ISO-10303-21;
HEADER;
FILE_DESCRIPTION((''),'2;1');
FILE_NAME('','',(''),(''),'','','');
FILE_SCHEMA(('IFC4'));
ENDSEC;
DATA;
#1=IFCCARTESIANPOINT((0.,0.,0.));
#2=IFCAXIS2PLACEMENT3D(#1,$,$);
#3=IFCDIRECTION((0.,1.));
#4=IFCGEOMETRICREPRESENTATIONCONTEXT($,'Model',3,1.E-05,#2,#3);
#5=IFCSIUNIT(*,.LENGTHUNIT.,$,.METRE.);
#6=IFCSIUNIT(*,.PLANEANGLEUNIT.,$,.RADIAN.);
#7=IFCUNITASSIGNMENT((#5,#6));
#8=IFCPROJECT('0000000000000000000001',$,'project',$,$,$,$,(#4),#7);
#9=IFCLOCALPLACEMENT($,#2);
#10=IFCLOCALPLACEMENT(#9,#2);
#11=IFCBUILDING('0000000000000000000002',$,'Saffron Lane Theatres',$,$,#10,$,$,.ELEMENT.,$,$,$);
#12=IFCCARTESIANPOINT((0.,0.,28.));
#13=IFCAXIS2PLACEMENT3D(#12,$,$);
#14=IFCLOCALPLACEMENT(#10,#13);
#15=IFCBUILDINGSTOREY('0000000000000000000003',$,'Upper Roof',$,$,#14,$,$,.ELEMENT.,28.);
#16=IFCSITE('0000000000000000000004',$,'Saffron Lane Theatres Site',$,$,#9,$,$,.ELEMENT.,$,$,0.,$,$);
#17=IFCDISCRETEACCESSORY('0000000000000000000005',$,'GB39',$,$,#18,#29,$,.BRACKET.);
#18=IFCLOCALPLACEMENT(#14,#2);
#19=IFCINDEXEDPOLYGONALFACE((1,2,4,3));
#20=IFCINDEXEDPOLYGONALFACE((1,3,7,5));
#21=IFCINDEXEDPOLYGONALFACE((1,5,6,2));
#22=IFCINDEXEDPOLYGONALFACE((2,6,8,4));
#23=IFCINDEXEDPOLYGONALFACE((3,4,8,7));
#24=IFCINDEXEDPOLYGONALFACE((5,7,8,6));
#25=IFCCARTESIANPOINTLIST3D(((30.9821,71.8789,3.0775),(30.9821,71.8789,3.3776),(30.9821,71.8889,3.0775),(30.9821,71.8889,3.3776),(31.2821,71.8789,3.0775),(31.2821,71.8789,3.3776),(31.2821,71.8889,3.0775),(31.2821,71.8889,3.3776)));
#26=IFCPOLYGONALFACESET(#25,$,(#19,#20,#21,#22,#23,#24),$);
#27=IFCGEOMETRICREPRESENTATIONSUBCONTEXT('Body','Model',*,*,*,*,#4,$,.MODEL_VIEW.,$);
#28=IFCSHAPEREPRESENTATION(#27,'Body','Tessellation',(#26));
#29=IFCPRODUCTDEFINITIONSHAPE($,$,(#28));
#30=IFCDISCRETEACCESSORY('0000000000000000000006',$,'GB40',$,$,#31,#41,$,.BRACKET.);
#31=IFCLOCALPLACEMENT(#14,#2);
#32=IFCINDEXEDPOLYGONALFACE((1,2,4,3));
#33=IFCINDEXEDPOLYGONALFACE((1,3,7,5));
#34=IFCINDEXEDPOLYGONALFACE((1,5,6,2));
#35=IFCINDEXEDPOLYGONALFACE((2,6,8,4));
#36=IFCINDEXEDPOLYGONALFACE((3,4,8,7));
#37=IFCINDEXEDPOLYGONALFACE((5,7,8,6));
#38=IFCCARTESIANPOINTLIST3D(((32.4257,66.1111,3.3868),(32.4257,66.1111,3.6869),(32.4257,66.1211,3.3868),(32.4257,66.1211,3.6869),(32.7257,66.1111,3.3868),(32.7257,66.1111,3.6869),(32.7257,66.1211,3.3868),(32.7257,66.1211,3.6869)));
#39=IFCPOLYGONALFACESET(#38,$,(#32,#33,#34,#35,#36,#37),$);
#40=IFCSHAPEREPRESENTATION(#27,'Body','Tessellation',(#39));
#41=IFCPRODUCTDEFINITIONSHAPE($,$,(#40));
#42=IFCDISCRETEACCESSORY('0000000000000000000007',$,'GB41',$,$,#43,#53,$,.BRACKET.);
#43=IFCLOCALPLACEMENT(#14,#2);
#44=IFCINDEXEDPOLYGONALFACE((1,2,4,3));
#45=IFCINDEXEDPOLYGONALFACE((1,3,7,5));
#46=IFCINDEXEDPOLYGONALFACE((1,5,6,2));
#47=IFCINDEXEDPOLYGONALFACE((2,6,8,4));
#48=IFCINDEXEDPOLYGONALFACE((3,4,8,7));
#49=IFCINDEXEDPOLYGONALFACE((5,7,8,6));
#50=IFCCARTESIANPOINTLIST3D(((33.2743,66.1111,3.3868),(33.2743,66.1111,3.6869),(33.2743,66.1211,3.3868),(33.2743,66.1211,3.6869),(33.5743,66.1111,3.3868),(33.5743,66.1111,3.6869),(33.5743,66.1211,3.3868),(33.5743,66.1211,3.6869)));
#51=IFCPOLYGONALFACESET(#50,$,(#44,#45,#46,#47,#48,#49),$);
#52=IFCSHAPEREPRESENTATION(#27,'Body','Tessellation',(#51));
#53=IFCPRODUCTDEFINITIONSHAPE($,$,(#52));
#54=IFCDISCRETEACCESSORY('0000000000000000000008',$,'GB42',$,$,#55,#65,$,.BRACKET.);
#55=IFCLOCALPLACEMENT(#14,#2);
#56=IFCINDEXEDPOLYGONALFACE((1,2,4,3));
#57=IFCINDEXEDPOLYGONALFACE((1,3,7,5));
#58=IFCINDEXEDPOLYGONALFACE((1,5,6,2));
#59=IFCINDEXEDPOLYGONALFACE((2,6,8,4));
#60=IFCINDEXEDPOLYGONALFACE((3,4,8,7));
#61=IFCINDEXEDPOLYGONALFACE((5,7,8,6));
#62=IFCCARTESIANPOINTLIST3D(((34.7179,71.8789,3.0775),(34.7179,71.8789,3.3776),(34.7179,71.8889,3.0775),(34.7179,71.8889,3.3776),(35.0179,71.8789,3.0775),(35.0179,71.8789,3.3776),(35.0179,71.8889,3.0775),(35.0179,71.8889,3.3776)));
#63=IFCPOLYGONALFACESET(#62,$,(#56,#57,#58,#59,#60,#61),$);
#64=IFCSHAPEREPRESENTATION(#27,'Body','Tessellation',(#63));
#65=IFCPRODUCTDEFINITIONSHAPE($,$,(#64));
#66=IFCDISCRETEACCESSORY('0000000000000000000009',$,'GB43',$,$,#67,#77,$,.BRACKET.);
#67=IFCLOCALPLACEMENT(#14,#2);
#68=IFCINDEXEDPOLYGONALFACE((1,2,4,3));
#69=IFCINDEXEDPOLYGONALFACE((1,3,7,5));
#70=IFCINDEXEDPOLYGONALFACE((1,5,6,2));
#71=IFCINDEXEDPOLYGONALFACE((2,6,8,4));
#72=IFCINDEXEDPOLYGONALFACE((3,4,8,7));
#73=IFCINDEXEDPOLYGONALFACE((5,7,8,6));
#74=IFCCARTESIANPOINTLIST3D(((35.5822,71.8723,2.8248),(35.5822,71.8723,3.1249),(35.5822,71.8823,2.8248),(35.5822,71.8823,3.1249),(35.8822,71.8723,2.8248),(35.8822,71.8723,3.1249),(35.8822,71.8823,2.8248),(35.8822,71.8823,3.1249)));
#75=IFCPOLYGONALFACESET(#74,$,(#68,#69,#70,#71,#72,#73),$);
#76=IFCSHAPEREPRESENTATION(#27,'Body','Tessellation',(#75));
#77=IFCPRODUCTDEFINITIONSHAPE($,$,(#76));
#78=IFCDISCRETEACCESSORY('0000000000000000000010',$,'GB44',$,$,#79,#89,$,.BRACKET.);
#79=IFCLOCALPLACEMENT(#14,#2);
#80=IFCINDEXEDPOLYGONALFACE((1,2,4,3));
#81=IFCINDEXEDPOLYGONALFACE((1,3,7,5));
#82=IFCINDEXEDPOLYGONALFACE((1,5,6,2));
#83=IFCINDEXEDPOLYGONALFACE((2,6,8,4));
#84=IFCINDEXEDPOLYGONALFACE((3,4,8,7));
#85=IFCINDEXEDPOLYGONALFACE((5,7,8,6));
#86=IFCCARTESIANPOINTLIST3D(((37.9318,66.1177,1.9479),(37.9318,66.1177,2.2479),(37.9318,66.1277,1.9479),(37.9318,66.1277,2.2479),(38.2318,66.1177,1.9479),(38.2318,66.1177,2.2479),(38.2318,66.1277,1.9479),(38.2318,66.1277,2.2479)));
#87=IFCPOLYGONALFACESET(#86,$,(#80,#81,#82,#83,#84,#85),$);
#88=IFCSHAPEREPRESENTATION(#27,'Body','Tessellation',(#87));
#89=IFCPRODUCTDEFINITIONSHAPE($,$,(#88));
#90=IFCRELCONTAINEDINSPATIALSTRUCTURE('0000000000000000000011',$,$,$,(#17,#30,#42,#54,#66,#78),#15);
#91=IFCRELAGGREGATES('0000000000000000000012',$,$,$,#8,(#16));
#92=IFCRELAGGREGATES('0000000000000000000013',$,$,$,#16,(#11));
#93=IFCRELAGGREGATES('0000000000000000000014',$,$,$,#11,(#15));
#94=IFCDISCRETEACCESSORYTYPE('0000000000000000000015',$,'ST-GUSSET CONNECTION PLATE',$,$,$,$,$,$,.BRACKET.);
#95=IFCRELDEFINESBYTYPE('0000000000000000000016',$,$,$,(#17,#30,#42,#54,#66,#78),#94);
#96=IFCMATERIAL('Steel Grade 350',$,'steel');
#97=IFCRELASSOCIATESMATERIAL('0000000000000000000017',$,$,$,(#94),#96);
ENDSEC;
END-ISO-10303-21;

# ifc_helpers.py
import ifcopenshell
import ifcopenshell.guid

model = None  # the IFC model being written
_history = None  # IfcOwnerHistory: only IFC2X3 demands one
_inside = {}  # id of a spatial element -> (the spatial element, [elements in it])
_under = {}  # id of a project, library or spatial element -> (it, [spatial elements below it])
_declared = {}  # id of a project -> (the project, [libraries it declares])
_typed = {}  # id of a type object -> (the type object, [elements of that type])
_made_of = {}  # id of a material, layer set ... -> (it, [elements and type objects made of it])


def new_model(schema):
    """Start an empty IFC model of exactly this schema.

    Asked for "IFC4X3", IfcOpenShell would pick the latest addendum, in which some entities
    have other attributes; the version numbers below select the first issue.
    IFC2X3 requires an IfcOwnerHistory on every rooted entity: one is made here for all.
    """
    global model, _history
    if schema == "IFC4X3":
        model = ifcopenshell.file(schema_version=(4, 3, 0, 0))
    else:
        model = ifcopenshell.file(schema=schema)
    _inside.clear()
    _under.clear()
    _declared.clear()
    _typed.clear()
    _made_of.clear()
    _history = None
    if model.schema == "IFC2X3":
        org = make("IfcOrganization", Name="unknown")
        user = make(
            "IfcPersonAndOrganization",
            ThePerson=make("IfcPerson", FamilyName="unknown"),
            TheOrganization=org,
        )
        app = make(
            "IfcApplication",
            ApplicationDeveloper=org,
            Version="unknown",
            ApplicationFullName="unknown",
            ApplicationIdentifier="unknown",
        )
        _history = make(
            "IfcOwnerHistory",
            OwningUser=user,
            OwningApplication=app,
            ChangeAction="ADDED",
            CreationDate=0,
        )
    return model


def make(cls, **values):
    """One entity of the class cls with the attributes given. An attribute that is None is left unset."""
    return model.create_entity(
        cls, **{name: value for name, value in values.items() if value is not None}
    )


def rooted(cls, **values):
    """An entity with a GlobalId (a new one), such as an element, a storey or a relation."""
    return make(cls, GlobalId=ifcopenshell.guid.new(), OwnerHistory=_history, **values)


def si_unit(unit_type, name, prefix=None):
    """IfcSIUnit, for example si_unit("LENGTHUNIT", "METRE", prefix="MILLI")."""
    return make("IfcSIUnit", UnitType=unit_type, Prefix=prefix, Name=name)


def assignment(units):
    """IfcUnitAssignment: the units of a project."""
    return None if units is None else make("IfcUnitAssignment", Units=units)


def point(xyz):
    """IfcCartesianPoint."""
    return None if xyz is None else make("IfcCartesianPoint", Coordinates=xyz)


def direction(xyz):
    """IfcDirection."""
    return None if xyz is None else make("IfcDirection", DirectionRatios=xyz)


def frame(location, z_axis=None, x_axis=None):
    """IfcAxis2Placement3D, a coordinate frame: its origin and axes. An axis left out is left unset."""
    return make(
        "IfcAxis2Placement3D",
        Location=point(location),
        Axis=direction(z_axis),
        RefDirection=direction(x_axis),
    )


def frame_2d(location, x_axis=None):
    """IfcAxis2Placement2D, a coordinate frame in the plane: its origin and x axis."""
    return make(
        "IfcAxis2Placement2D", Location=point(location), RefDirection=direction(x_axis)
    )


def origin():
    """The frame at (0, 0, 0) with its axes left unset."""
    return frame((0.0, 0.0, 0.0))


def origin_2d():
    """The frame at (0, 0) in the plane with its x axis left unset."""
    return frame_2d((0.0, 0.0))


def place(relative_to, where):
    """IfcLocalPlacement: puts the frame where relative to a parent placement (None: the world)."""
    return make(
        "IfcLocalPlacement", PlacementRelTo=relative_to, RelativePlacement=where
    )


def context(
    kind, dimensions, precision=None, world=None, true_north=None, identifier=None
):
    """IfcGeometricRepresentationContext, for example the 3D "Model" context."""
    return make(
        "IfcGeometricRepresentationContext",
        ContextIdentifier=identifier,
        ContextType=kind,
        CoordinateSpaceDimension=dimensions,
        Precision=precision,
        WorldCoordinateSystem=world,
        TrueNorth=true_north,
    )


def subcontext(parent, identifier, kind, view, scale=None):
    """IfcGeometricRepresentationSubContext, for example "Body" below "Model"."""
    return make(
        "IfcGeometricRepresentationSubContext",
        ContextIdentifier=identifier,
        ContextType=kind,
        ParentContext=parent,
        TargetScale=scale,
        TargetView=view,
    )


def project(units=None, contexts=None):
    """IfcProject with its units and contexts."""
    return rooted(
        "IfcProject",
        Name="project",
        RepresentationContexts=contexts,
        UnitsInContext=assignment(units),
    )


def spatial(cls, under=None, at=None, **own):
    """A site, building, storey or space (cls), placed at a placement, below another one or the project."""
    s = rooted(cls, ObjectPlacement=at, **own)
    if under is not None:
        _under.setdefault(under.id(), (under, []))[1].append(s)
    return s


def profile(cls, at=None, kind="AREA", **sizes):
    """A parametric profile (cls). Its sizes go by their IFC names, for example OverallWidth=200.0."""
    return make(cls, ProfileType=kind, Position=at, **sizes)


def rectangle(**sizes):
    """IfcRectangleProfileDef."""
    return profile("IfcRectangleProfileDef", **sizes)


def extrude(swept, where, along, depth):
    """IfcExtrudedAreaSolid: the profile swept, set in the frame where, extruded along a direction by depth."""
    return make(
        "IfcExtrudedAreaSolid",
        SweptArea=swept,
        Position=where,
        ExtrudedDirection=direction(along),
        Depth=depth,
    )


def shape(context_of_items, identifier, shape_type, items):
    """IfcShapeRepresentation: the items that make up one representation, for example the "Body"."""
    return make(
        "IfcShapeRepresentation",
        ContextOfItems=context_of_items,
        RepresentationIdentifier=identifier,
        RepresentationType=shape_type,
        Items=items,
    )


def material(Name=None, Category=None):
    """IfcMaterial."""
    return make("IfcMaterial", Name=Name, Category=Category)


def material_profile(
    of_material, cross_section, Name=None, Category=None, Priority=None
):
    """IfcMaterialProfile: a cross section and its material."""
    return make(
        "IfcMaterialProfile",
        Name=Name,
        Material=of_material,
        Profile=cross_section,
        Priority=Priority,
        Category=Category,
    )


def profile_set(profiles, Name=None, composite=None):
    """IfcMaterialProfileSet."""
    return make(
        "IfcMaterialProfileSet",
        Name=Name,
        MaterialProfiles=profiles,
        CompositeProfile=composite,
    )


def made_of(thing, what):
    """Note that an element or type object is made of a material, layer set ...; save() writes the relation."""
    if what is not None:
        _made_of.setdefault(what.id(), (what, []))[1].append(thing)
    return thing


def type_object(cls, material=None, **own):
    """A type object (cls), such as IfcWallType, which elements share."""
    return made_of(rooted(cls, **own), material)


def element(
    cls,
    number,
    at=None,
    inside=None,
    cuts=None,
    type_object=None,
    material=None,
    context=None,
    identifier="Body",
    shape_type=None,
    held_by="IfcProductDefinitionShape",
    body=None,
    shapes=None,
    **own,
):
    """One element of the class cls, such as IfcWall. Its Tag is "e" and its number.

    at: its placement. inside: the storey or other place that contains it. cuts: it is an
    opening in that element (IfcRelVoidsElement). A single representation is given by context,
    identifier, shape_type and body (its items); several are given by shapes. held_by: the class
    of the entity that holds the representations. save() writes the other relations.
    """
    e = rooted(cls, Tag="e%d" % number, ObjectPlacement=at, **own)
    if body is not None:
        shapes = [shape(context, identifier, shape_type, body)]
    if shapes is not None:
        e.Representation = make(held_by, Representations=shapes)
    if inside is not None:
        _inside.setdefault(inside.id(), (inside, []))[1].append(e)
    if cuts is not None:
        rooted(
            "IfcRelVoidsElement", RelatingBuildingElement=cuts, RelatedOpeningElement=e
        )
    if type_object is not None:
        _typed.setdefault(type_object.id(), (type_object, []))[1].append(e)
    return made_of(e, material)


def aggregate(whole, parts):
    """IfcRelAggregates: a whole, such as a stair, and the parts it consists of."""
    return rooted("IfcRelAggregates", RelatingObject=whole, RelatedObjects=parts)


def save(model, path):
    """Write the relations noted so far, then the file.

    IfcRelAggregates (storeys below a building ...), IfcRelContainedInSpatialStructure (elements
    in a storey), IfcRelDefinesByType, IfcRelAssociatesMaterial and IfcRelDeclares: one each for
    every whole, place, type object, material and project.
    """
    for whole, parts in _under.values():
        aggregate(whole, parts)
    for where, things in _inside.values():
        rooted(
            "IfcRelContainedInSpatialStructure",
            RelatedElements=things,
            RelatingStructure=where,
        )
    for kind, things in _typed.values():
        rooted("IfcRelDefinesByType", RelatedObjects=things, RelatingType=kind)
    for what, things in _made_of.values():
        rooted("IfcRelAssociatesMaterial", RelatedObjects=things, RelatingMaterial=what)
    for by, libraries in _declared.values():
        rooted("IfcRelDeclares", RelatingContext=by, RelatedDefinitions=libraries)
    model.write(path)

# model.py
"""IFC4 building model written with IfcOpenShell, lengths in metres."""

from ifc_helpers import new_model, si_unit, direction, frame, origin, origin_2d, place, context, subcontext, project, spatial, rectangle, extrude, material, material_profile, profile_set, type_object, element, save


model = new_model("IFC4")

# Units and contexts
model_context = context("Model", 3, precision=1e-05, world=origin(), true_north=direction((0.0, 1.0)))
body_context = subcontext(model_context, "Body", "Model", "MODEL_VIEW")
ifc_project = project(units=[si_unit("LENGTHUNIT", "METRE"), si_unit("PLANEANGLEUNIT", "RADIAN")], contexts=[model_context])

# Site, building, storey
site_placement = place(None, origin())
site = spatial("IfcSite", under=ifc_project, at=site_placement, Name="Saffron Lane Theatres Site", CompositionType="ELEMENT", RefElevation=0.0)
building_placement = place(site_placement, origin())
building = spatial("IfcBuilding", under=site, at=building_placement, Name="Saffron Lane Theatres", CompositionType="ELEMENT")
storey_placement = place(building_placement, frame((0.0, 0.0, 28.0)))
storey = spatial("IfcBuildingStorey", under=building, at=storey_placement, Name="Upper Roof", CompositionType="ELEMENT", Elevation=28.0)

# Discrete accessories
ifc_material_1 = material(Name="Steel Grade 350", Category="steel")
ifc_material_profile_1 = material_profile(ifc_material_1, rectangle(XDim=0.3, YDim=0.3, at=origin_2d()))
ifc_profile_set_1 = profile_set([ifc_material_profile_1], Name="Steel Grade 350")
discrete_accessory_type = type_object("IfcDiscreteAccessoryType", Name="ST-GUSSET CONNECTION PLATE", PredefinedType="BRACKET", material=ifc_profile_set_1)
for number, where, z_axis, x_axis, name in (
    (1, (31.1321, 71.8889, 3.2275), (0.0, -1.0, 0.0), (1.0, 0.0, 0.0), "GB39"),
    (2, (32.5757, 66.1111, 3.5369), (0.0, 1.0, 0.0), (-1.0, 0.0, 0.0), "GB40"),
    (3, (33.4243, 66.1111, 3.5369), (0.0, 1.0, 0.0), (-1.0, 0.0, 0.0), "GB41"),
    (4, (34.8679, 71.8889, 3.2275), (0.0, -1.0, 0.0), (1.0, 0.0, 0.0), "GB42"),
    (5, (35.7322, 71.8823, 2.9749), (0.0, -1.0, 0.0), (1.0, 0.0, 0.0), "GB43"),
    (6, (38.0818, 66.1177, 2.0979), (0.0, 1.0, 0.0), (-1.0, 0.0, 0.0), "GB44"),
):
    element("IfcDiscreteAccessory", number, at=place(storey_placement, frame(where, z_axis=z_axis, x_axis=x_axis)), inside=storey, type_object=discrete_accessory_type, Name=name, PredefinedType="BRACKET", context=body_context, shape_type="SweptSolid", body=[
        extrude(rectangle(XDim=0.3, YDim=0.3, at=origin_2d()), origin(), (0.0, 0.0, 1.0), 0.01),
    ])

save(model, "model.ifc")
